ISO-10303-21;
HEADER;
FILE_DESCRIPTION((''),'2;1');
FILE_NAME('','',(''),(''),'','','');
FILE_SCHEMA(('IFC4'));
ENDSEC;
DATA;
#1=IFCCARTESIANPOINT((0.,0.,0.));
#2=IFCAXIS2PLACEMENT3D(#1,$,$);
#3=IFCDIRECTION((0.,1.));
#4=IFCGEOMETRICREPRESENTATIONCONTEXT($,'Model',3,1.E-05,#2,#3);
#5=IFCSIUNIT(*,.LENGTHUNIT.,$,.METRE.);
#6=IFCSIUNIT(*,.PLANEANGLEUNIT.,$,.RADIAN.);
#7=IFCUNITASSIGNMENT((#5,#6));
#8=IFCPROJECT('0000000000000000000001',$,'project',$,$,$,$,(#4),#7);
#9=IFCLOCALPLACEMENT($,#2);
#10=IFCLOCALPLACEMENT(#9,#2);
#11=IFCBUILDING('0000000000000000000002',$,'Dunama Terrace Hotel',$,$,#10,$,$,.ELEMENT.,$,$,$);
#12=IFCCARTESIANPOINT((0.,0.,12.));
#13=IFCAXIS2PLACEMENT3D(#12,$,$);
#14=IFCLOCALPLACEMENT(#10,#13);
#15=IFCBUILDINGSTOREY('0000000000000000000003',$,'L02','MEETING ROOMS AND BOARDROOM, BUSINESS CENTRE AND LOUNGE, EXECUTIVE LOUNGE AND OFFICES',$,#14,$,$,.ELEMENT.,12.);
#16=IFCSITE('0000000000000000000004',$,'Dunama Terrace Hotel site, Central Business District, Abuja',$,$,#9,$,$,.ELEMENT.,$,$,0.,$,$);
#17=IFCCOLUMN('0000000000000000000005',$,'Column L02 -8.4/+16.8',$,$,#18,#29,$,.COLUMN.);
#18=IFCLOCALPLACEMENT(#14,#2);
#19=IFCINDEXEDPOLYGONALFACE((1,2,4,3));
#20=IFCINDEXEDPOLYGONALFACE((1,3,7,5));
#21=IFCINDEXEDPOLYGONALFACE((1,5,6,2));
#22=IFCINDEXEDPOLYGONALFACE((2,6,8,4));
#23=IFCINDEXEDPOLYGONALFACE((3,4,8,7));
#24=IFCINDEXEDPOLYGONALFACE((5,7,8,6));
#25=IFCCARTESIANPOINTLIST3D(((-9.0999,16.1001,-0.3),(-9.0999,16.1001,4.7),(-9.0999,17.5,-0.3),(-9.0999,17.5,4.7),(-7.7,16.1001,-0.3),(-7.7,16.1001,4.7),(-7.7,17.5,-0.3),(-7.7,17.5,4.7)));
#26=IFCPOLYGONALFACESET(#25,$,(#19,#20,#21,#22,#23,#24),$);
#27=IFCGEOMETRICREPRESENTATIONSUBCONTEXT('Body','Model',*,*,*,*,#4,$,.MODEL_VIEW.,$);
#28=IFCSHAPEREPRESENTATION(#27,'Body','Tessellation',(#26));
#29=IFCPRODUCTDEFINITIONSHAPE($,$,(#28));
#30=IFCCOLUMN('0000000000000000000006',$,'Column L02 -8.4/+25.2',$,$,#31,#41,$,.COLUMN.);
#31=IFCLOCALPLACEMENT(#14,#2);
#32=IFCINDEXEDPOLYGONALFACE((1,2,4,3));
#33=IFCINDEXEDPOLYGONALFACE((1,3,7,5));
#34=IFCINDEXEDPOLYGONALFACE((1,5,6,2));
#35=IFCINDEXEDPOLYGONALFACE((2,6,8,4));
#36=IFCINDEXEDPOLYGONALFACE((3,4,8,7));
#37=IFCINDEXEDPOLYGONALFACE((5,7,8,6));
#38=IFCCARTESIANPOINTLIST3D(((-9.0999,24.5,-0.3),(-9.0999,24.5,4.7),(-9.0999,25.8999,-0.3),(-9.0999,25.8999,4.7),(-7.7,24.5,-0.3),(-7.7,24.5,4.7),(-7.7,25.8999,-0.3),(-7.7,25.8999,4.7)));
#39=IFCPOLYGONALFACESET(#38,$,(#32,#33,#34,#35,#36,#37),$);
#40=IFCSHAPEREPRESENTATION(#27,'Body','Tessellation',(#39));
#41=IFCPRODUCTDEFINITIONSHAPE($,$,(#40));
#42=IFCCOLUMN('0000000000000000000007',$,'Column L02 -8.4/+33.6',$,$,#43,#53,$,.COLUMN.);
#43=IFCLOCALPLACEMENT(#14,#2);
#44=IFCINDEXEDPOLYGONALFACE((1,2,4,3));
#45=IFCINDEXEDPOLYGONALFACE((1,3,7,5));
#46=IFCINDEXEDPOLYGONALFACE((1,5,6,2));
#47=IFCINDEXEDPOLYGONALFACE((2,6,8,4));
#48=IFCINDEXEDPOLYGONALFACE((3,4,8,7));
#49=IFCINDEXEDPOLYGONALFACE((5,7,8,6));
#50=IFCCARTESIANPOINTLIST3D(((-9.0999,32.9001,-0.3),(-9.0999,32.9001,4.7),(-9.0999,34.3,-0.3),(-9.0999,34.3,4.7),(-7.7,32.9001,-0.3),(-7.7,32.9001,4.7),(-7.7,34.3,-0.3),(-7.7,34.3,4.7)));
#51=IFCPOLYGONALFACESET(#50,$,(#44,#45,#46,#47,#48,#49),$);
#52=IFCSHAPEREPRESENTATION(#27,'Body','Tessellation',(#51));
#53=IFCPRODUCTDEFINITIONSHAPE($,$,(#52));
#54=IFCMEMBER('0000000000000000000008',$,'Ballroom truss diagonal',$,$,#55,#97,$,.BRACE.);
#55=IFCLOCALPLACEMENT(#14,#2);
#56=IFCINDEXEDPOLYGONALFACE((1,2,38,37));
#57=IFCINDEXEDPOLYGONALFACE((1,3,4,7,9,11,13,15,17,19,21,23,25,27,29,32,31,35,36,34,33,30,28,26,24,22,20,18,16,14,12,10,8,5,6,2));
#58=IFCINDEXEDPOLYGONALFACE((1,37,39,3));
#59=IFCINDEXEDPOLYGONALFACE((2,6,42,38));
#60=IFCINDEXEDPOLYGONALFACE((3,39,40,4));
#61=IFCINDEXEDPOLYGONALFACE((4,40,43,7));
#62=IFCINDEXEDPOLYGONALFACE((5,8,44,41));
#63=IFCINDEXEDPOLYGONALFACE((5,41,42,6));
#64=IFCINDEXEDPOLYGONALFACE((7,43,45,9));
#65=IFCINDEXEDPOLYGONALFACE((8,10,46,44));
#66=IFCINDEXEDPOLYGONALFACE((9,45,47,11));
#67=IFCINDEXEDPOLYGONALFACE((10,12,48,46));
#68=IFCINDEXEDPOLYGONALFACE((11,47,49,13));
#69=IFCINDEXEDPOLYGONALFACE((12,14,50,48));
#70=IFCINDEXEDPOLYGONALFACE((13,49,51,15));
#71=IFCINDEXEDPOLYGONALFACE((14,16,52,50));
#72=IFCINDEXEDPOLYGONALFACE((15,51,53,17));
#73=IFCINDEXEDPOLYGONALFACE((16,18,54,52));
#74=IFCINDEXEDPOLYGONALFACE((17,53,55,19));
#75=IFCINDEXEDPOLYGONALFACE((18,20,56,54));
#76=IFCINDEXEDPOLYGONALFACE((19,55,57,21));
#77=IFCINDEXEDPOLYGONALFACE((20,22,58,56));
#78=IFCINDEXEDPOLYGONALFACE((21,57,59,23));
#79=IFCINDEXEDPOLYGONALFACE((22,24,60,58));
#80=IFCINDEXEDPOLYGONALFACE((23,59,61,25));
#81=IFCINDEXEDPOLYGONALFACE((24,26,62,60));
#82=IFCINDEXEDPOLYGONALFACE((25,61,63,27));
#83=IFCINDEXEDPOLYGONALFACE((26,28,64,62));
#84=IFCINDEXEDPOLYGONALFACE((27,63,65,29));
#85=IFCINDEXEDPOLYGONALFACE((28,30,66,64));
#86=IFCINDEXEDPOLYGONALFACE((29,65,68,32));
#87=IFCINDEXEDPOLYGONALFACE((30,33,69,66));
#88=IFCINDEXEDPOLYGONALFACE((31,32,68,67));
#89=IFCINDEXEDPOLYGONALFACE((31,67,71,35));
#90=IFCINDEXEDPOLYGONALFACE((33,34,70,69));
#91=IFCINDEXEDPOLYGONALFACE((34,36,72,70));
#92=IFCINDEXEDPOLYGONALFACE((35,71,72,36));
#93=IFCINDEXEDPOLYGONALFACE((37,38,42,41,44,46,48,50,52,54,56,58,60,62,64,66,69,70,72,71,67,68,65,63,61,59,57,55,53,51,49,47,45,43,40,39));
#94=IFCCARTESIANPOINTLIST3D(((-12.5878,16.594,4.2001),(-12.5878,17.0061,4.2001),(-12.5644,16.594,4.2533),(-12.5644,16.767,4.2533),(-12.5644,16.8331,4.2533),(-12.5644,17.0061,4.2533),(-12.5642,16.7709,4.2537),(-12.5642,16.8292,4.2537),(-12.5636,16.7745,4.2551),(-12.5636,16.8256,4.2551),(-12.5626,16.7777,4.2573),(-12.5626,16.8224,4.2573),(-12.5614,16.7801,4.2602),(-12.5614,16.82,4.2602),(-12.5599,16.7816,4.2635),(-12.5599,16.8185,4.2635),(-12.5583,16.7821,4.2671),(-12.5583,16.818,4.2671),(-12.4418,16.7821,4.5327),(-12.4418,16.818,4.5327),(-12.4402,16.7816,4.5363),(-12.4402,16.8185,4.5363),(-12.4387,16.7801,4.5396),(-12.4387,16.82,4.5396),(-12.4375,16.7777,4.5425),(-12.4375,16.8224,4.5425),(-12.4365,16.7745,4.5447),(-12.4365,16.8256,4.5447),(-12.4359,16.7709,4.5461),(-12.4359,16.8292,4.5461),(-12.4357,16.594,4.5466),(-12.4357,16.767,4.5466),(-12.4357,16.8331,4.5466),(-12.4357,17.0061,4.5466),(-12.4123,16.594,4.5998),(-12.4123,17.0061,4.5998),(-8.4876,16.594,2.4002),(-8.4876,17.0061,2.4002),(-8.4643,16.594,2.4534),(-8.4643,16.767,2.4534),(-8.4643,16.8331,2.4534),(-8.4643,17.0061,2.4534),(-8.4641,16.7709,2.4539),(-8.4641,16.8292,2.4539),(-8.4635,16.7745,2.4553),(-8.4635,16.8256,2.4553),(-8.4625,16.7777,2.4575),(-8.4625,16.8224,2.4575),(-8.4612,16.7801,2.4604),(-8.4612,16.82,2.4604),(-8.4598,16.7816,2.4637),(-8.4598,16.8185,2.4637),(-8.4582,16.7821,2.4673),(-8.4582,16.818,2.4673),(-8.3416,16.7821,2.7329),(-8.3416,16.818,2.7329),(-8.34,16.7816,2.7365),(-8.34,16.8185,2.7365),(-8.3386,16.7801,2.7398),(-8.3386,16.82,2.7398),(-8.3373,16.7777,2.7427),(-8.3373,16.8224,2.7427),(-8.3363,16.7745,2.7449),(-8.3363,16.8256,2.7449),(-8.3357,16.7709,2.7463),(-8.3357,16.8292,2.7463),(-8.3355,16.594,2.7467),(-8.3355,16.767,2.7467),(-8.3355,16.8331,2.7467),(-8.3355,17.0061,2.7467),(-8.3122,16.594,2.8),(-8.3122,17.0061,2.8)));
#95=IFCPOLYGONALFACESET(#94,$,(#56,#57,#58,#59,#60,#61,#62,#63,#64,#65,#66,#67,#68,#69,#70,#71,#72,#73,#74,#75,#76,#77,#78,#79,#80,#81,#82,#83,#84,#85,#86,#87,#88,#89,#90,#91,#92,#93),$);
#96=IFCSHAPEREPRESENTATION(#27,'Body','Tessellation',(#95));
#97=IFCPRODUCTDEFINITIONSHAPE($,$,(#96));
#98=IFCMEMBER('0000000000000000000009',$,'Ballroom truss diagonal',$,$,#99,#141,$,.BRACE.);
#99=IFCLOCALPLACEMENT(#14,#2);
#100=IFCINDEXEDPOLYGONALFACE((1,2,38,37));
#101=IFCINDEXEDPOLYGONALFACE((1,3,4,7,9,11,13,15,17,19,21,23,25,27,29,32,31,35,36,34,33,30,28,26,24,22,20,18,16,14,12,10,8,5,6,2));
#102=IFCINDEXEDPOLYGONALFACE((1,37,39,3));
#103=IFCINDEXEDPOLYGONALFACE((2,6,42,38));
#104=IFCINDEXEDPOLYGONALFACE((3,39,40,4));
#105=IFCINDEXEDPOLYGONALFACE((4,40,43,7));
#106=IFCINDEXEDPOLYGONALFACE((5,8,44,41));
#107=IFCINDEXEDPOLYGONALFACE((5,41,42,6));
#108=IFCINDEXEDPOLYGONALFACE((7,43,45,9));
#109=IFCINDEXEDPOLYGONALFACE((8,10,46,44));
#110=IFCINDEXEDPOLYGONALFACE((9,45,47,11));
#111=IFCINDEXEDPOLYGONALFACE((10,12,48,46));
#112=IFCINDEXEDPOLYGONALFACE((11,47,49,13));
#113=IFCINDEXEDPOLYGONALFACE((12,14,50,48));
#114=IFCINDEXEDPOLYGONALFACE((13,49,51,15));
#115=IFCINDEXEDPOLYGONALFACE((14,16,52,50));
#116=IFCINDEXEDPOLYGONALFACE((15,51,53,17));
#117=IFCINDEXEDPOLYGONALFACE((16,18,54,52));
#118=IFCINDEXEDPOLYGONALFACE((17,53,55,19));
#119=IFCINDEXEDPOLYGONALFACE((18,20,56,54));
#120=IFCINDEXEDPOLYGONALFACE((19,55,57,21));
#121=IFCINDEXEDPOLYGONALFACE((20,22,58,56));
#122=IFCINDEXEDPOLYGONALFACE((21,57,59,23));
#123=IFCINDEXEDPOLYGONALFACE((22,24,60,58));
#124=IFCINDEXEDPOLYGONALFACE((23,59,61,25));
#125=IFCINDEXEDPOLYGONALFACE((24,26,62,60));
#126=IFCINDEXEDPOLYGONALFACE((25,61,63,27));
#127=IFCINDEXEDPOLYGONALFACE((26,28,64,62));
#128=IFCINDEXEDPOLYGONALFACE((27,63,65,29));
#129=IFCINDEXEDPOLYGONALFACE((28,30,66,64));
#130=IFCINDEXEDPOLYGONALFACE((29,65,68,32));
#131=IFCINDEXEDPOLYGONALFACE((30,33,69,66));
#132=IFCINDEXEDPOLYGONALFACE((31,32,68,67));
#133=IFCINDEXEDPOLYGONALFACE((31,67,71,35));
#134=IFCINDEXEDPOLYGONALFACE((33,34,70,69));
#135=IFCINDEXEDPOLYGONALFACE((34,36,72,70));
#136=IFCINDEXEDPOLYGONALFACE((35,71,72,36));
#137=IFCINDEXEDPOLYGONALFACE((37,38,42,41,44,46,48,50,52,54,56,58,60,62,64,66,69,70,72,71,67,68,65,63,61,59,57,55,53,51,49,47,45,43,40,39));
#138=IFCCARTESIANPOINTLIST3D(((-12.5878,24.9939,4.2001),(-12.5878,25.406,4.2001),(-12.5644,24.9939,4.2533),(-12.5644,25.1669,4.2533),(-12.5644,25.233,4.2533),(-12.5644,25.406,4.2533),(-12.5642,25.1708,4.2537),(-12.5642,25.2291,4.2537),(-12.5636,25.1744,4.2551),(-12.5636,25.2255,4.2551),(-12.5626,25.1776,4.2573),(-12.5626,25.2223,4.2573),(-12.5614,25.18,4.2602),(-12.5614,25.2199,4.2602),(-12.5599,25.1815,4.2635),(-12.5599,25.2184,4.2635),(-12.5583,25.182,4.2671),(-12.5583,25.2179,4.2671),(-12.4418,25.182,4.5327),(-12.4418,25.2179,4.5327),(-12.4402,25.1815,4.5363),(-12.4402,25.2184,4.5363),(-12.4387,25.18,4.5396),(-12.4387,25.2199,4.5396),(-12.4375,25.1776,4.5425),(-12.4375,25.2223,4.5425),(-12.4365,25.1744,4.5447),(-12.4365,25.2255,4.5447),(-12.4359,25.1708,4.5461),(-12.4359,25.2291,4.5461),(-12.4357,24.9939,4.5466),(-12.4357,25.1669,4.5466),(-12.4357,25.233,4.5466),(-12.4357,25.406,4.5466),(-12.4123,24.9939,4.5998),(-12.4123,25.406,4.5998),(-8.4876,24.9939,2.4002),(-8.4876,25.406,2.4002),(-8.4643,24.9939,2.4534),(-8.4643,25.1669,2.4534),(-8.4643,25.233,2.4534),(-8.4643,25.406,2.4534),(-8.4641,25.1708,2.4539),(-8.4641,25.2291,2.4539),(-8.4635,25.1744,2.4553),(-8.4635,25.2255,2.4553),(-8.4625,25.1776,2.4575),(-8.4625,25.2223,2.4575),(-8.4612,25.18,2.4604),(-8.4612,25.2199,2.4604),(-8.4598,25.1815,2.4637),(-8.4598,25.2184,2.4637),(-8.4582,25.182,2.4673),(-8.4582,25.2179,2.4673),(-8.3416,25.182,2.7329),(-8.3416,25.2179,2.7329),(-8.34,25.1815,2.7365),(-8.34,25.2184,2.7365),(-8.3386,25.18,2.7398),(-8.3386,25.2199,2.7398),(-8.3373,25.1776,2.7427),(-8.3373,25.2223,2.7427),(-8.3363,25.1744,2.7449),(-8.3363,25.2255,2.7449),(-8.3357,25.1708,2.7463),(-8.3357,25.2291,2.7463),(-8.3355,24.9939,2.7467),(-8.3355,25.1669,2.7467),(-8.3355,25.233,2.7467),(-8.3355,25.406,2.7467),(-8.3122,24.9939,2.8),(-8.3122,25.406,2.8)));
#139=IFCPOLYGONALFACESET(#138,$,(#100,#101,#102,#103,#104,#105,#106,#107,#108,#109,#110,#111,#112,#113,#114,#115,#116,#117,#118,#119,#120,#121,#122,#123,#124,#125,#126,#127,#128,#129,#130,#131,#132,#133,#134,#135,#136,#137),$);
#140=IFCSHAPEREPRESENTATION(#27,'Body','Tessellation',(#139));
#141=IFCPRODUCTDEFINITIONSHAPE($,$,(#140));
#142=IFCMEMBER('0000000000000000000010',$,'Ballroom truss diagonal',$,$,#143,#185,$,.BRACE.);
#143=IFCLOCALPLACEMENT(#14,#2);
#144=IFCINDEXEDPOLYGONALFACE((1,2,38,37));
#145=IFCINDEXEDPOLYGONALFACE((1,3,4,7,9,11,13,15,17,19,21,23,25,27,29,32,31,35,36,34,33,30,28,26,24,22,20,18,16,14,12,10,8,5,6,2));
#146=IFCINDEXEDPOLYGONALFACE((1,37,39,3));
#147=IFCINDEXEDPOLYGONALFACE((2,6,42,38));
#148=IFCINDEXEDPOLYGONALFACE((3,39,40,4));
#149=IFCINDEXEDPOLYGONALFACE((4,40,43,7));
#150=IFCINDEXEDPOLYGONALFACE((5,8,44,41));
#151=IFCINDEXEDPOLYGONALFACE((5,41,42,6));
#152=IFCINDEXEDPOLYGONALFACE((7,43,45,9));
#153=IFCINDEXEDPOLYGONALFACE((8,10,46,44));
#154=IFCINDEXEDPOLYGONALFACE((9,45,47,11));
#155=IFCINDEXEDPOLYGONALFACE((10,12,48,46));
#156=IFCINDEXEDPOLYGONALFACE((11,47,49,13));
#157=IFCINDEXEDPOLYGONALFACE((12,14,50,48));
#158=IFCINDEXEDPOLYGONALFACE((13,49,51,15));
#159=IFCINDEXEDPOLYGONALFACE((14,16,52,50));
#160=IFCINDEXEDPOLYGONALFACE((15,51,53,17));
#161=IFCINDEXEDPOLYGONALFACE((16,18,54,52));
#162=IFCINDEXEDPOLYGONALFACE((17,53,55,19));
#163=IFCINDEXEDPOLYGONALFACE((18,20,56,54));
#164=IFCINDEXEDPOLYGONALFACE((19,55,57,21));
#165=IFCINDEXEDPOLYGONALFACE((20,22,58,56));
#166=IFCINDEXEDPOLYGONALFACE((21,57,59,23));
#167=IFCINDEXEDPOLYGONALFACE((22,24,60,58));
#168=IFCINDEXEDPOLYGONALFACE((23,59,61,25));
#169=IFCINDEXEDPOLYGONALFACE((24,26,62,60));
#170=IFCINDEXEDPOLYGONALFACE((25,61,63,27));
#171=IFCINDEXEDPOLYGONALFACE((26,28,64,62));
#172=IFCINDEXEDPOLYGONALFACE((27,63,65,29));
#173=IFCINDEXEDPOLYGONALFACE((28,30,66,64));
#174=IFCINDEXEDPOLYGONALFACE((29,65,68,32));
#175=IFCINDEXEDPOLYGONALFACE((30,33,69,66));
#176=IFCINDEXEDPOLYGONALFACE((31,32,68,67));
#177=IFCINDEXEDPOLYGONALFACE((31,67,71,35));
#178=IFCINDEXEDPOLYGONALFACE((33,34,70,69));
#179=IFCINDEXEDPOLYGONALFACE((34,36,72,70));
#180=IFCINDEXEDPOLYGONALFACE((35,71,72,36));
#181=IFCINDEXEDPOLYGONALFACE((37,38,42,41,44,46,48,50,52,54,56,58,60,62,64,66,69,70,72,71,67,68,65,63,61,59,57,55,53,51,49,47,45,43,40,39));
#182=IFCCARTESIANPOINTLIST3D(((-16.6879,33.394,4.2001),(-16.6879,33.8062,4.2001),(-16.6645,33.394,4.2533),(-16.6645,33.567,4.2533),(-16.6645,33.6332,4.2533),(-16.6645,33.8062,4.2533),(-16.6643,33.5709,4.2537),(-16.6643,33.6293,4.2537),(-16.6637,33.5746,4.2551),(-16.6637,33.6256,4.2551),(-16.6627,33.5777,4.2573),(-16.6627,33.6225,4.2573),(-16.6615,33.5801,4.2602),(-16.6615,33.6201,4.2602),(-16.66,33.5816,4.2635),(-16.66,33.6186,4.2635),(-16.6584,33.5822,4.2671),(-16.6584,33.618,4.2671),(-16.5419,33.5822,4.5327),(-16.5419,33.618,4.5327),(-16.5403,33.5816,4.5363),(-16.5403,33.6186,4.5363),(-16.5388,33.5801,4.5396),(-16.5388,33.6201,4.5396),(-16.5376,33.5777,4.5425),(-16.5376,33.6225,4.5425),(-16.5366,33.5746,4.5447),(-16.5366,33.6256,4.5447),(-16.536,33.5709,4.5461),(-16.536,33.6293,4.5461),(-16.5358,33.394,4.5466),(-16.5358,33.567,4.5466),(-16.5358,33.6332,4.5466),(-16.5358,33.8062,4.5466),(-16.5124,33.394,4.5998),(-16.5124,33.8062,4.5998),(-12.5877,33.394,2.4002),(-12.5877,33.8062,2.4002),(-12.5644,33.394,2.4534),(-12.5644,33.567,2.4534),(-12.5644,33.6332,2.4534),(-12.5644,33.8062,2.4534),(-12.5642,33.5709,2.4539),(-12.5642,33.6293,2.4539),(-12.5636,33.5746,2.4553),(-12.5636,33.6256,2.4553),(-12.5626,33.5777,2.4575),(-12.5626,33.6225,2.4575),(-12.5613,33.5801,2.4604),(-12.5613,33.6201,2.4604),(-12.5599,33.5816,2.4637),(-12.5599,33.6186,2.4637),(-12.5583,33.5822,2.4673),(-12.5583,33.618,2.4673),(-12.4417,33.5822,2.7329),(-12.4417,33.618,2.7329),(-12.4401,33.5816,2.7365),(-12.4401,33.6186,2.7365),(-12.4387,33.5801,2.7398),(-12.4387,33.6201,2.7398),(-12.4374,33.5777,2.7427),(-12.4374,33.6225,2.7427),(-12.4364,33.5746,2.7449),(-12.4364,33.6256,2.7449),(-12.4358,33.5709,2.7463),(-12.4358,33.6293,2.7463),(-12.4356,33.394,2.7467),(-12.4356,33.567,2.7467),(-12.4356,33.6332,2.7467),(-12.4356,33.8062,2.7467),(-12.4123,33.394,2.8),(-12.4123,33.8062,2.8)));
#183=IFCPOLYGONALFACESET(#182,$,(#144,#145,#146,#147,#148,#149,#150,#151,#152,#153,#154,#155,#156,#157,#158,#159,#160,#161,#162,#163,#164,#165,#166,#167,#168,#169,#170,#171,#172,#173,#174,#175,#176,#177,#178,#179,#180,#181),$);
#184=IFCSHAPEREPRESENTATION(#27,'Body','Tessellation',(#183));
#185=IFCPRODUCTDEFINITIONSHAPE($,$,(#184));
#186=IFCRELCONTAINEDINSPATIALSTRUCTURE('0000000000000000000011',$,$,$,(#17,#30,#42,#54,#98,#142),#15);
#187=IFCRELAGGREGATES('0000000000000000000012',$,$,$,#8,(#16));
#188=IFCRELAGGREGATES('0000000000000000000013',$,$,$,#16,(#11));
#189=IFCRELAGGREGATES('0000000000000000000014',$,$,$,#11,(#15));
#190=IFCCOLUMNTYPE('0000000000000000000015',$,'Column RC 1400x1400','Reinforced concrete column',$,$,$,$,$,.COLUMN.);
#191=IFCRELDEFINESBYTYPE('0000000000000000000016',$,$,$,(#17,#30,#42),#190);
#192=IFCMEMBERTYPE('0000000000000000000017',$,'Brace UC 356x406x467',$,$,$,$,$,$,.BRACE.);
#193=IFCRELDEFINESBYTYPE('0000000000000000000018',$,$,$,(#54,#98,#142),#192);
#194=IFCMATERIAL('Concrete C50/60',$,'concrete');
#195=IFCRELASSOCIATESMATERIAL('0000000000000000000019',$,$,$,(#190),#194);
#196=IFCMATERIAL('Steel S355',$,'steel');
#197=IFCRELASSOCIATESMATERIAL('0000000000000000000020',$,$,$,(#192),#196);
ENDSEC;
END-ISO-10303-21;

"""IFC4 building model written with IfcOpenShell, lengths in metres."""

from ifc_helpers import new_model, si_unit, direction, frame, origin, origin_2d, place, context, subcontext, project, spatial, rectangle, i_section, extrude, material, material_profile, profile_set, type_object, element, save


model = new_model("IFC4")

# Units and contexts
model_context = context("Model", 3, precision=1e-05, world=origin(), true_north=direction((0.0, 1.0)))
body_context = subcontext(model_context, "Body", "Model", "MODEL_VIEW")
ifc_project = project(units=[si_unit("LENGTHUNIT", "METRE"), si_unit("PLANEANGLEUNIT", "RADIAN")], contexts=[model_context])

# Site, building, storey
site_placement = place(None, origin())
site = spatial("IfcSite", under=ifc_project, at=site_placement, Name="Dunama Terrace Hotel site, Central Business District, Abuja", CompositionType="ELEMENT", RefElevation=0.0)
building_placement = place(site_placement, origin())
building = spatial("IfcBuilding", under=site, at=building_placement, Name="Dunama Terrace Hotel", CompositionType="ELEMENT")
storey_placement = place(building_placement, frame((0.0, 0.0, 12.0)))
storey = spatial("IfcBuildingStorey", under=building, at=storey_placement, Name="L02", Description="MEETING ROOMS AND BOARDROOM, BUSINESS CENTRE AND LOUNGE, EXECUTIVE LOUNGE AND OFFICES", CompositionType="ELEMENT", Elevation=12.0)

# Columns
ifc_material_1 = material(Name="Concrete C50/60", Category="concrete")
ifc_material_profile_1 = material_profile(ifc_material_1, rectangle(XDim=1.3999, YDim=1.3999, at=origin_2d()), Name="RC 1400x1400")
ifc_profile_set_1 = profile_set([ifc_material_profile_1], Name="Concrete C50/60")
column_type = type_object("IfcColumnType", Name="Column RC 1400x1400", Description="Reinforced concrete column", PredefinedType="COLUMN", material=ifc_profile_set_1)
for number, where, z_axis, x_axis, name in (
    (1, (-8.3999, 16.8, -0.3), (0.0, 0.0, 1.0), (1.0, 0.0, 0.0), "Column L02 -8.4/+16.8"),
    (2, (-8.3999, 25.2, -0.3), (0.0, 0.0, 1.0), (1.0, 0.0, 0.0), "Column L02 -8.4/+25.2"),
    (3, (-8.3999, 33.6001, -0.3), (0.0, 0.0, 1.0), (1.0, 0.0, 0.0), "Column L02 -8.4/+33.6"),
):
    element("IfcColumn", number, at=place(storey_placement, frame(where, z_axis=z_axis, x_axis=x_axis)), inside=storey, type_object=column_type, Name=name, PredefinedType="COLUMN", context=body_context, shape_type="SweptSolid", body=[
        extrude(rectangle(XDim=1.3999, YDim=1.3999, at=origin_2d()), origin(), (0.0, 0.0, 1.0), 5.0),
    ])

# Members
ifc_material_2 = material(Name="Steel S355", Category="steel")
ifc_material_profile_2 = material_profile(ifc_material_2, i_section(OverallWidth=0.4121, OverallDepth=0.4365, WebThickness=0.0359, FlangeThickness=0.0581, FilletRadius=0.0151, at=origin_2d()), Name="UC 356x406x467")
ifc_profile_set_2 = profile_set([ifc_material_profile_2], Name="Steel S355")
member_type_1 = type_object("IfcMemberType", Name="Brace UC 356x406x467", PredefinedType="BRACE", material=ifc_profile_set_2)
for number, where, z_axis, x_axis, name in (
    (4, (-8.3999, 16.8, 2.6001), (-0.915664, 0.0, 0.401945), (0.0, -1.0, 0.0), "Ballroom truss diagonal"),
    (5, (-8.3999, 25.2, 2.6001), (-0.915664, 0.0, 0.401945), (0.0, -1.0, 0.0), "Ballroom truss diagonal"),
    (6, (-12.5, 33.6001, 2.6001), (-0.915664, 0.0, 0.401945), (0.0, -1.0, 0.0), "Ballroom truss diagonal"),
):
    element("IfcMember", number, at=place(storey_placement, frame(where, z_axis=z_axis, x_axis=x_axis)), inside=storey, type_object=member_type_1, Name=name, PredefinedType="BRACE", context=body_context, shape_type="SweptSolid", body=[
        extrude(i_section(OverallWidth=0.4121, OverallDepth=0.4365, WebThickness=0.0359, FlangeThickness=0.0581, FilletRadius=0.0151, at=origin_2d()), origin(), (0.0, 0.0, 1.0), 4.4778),
    ])

save(model, "model.ifc")
